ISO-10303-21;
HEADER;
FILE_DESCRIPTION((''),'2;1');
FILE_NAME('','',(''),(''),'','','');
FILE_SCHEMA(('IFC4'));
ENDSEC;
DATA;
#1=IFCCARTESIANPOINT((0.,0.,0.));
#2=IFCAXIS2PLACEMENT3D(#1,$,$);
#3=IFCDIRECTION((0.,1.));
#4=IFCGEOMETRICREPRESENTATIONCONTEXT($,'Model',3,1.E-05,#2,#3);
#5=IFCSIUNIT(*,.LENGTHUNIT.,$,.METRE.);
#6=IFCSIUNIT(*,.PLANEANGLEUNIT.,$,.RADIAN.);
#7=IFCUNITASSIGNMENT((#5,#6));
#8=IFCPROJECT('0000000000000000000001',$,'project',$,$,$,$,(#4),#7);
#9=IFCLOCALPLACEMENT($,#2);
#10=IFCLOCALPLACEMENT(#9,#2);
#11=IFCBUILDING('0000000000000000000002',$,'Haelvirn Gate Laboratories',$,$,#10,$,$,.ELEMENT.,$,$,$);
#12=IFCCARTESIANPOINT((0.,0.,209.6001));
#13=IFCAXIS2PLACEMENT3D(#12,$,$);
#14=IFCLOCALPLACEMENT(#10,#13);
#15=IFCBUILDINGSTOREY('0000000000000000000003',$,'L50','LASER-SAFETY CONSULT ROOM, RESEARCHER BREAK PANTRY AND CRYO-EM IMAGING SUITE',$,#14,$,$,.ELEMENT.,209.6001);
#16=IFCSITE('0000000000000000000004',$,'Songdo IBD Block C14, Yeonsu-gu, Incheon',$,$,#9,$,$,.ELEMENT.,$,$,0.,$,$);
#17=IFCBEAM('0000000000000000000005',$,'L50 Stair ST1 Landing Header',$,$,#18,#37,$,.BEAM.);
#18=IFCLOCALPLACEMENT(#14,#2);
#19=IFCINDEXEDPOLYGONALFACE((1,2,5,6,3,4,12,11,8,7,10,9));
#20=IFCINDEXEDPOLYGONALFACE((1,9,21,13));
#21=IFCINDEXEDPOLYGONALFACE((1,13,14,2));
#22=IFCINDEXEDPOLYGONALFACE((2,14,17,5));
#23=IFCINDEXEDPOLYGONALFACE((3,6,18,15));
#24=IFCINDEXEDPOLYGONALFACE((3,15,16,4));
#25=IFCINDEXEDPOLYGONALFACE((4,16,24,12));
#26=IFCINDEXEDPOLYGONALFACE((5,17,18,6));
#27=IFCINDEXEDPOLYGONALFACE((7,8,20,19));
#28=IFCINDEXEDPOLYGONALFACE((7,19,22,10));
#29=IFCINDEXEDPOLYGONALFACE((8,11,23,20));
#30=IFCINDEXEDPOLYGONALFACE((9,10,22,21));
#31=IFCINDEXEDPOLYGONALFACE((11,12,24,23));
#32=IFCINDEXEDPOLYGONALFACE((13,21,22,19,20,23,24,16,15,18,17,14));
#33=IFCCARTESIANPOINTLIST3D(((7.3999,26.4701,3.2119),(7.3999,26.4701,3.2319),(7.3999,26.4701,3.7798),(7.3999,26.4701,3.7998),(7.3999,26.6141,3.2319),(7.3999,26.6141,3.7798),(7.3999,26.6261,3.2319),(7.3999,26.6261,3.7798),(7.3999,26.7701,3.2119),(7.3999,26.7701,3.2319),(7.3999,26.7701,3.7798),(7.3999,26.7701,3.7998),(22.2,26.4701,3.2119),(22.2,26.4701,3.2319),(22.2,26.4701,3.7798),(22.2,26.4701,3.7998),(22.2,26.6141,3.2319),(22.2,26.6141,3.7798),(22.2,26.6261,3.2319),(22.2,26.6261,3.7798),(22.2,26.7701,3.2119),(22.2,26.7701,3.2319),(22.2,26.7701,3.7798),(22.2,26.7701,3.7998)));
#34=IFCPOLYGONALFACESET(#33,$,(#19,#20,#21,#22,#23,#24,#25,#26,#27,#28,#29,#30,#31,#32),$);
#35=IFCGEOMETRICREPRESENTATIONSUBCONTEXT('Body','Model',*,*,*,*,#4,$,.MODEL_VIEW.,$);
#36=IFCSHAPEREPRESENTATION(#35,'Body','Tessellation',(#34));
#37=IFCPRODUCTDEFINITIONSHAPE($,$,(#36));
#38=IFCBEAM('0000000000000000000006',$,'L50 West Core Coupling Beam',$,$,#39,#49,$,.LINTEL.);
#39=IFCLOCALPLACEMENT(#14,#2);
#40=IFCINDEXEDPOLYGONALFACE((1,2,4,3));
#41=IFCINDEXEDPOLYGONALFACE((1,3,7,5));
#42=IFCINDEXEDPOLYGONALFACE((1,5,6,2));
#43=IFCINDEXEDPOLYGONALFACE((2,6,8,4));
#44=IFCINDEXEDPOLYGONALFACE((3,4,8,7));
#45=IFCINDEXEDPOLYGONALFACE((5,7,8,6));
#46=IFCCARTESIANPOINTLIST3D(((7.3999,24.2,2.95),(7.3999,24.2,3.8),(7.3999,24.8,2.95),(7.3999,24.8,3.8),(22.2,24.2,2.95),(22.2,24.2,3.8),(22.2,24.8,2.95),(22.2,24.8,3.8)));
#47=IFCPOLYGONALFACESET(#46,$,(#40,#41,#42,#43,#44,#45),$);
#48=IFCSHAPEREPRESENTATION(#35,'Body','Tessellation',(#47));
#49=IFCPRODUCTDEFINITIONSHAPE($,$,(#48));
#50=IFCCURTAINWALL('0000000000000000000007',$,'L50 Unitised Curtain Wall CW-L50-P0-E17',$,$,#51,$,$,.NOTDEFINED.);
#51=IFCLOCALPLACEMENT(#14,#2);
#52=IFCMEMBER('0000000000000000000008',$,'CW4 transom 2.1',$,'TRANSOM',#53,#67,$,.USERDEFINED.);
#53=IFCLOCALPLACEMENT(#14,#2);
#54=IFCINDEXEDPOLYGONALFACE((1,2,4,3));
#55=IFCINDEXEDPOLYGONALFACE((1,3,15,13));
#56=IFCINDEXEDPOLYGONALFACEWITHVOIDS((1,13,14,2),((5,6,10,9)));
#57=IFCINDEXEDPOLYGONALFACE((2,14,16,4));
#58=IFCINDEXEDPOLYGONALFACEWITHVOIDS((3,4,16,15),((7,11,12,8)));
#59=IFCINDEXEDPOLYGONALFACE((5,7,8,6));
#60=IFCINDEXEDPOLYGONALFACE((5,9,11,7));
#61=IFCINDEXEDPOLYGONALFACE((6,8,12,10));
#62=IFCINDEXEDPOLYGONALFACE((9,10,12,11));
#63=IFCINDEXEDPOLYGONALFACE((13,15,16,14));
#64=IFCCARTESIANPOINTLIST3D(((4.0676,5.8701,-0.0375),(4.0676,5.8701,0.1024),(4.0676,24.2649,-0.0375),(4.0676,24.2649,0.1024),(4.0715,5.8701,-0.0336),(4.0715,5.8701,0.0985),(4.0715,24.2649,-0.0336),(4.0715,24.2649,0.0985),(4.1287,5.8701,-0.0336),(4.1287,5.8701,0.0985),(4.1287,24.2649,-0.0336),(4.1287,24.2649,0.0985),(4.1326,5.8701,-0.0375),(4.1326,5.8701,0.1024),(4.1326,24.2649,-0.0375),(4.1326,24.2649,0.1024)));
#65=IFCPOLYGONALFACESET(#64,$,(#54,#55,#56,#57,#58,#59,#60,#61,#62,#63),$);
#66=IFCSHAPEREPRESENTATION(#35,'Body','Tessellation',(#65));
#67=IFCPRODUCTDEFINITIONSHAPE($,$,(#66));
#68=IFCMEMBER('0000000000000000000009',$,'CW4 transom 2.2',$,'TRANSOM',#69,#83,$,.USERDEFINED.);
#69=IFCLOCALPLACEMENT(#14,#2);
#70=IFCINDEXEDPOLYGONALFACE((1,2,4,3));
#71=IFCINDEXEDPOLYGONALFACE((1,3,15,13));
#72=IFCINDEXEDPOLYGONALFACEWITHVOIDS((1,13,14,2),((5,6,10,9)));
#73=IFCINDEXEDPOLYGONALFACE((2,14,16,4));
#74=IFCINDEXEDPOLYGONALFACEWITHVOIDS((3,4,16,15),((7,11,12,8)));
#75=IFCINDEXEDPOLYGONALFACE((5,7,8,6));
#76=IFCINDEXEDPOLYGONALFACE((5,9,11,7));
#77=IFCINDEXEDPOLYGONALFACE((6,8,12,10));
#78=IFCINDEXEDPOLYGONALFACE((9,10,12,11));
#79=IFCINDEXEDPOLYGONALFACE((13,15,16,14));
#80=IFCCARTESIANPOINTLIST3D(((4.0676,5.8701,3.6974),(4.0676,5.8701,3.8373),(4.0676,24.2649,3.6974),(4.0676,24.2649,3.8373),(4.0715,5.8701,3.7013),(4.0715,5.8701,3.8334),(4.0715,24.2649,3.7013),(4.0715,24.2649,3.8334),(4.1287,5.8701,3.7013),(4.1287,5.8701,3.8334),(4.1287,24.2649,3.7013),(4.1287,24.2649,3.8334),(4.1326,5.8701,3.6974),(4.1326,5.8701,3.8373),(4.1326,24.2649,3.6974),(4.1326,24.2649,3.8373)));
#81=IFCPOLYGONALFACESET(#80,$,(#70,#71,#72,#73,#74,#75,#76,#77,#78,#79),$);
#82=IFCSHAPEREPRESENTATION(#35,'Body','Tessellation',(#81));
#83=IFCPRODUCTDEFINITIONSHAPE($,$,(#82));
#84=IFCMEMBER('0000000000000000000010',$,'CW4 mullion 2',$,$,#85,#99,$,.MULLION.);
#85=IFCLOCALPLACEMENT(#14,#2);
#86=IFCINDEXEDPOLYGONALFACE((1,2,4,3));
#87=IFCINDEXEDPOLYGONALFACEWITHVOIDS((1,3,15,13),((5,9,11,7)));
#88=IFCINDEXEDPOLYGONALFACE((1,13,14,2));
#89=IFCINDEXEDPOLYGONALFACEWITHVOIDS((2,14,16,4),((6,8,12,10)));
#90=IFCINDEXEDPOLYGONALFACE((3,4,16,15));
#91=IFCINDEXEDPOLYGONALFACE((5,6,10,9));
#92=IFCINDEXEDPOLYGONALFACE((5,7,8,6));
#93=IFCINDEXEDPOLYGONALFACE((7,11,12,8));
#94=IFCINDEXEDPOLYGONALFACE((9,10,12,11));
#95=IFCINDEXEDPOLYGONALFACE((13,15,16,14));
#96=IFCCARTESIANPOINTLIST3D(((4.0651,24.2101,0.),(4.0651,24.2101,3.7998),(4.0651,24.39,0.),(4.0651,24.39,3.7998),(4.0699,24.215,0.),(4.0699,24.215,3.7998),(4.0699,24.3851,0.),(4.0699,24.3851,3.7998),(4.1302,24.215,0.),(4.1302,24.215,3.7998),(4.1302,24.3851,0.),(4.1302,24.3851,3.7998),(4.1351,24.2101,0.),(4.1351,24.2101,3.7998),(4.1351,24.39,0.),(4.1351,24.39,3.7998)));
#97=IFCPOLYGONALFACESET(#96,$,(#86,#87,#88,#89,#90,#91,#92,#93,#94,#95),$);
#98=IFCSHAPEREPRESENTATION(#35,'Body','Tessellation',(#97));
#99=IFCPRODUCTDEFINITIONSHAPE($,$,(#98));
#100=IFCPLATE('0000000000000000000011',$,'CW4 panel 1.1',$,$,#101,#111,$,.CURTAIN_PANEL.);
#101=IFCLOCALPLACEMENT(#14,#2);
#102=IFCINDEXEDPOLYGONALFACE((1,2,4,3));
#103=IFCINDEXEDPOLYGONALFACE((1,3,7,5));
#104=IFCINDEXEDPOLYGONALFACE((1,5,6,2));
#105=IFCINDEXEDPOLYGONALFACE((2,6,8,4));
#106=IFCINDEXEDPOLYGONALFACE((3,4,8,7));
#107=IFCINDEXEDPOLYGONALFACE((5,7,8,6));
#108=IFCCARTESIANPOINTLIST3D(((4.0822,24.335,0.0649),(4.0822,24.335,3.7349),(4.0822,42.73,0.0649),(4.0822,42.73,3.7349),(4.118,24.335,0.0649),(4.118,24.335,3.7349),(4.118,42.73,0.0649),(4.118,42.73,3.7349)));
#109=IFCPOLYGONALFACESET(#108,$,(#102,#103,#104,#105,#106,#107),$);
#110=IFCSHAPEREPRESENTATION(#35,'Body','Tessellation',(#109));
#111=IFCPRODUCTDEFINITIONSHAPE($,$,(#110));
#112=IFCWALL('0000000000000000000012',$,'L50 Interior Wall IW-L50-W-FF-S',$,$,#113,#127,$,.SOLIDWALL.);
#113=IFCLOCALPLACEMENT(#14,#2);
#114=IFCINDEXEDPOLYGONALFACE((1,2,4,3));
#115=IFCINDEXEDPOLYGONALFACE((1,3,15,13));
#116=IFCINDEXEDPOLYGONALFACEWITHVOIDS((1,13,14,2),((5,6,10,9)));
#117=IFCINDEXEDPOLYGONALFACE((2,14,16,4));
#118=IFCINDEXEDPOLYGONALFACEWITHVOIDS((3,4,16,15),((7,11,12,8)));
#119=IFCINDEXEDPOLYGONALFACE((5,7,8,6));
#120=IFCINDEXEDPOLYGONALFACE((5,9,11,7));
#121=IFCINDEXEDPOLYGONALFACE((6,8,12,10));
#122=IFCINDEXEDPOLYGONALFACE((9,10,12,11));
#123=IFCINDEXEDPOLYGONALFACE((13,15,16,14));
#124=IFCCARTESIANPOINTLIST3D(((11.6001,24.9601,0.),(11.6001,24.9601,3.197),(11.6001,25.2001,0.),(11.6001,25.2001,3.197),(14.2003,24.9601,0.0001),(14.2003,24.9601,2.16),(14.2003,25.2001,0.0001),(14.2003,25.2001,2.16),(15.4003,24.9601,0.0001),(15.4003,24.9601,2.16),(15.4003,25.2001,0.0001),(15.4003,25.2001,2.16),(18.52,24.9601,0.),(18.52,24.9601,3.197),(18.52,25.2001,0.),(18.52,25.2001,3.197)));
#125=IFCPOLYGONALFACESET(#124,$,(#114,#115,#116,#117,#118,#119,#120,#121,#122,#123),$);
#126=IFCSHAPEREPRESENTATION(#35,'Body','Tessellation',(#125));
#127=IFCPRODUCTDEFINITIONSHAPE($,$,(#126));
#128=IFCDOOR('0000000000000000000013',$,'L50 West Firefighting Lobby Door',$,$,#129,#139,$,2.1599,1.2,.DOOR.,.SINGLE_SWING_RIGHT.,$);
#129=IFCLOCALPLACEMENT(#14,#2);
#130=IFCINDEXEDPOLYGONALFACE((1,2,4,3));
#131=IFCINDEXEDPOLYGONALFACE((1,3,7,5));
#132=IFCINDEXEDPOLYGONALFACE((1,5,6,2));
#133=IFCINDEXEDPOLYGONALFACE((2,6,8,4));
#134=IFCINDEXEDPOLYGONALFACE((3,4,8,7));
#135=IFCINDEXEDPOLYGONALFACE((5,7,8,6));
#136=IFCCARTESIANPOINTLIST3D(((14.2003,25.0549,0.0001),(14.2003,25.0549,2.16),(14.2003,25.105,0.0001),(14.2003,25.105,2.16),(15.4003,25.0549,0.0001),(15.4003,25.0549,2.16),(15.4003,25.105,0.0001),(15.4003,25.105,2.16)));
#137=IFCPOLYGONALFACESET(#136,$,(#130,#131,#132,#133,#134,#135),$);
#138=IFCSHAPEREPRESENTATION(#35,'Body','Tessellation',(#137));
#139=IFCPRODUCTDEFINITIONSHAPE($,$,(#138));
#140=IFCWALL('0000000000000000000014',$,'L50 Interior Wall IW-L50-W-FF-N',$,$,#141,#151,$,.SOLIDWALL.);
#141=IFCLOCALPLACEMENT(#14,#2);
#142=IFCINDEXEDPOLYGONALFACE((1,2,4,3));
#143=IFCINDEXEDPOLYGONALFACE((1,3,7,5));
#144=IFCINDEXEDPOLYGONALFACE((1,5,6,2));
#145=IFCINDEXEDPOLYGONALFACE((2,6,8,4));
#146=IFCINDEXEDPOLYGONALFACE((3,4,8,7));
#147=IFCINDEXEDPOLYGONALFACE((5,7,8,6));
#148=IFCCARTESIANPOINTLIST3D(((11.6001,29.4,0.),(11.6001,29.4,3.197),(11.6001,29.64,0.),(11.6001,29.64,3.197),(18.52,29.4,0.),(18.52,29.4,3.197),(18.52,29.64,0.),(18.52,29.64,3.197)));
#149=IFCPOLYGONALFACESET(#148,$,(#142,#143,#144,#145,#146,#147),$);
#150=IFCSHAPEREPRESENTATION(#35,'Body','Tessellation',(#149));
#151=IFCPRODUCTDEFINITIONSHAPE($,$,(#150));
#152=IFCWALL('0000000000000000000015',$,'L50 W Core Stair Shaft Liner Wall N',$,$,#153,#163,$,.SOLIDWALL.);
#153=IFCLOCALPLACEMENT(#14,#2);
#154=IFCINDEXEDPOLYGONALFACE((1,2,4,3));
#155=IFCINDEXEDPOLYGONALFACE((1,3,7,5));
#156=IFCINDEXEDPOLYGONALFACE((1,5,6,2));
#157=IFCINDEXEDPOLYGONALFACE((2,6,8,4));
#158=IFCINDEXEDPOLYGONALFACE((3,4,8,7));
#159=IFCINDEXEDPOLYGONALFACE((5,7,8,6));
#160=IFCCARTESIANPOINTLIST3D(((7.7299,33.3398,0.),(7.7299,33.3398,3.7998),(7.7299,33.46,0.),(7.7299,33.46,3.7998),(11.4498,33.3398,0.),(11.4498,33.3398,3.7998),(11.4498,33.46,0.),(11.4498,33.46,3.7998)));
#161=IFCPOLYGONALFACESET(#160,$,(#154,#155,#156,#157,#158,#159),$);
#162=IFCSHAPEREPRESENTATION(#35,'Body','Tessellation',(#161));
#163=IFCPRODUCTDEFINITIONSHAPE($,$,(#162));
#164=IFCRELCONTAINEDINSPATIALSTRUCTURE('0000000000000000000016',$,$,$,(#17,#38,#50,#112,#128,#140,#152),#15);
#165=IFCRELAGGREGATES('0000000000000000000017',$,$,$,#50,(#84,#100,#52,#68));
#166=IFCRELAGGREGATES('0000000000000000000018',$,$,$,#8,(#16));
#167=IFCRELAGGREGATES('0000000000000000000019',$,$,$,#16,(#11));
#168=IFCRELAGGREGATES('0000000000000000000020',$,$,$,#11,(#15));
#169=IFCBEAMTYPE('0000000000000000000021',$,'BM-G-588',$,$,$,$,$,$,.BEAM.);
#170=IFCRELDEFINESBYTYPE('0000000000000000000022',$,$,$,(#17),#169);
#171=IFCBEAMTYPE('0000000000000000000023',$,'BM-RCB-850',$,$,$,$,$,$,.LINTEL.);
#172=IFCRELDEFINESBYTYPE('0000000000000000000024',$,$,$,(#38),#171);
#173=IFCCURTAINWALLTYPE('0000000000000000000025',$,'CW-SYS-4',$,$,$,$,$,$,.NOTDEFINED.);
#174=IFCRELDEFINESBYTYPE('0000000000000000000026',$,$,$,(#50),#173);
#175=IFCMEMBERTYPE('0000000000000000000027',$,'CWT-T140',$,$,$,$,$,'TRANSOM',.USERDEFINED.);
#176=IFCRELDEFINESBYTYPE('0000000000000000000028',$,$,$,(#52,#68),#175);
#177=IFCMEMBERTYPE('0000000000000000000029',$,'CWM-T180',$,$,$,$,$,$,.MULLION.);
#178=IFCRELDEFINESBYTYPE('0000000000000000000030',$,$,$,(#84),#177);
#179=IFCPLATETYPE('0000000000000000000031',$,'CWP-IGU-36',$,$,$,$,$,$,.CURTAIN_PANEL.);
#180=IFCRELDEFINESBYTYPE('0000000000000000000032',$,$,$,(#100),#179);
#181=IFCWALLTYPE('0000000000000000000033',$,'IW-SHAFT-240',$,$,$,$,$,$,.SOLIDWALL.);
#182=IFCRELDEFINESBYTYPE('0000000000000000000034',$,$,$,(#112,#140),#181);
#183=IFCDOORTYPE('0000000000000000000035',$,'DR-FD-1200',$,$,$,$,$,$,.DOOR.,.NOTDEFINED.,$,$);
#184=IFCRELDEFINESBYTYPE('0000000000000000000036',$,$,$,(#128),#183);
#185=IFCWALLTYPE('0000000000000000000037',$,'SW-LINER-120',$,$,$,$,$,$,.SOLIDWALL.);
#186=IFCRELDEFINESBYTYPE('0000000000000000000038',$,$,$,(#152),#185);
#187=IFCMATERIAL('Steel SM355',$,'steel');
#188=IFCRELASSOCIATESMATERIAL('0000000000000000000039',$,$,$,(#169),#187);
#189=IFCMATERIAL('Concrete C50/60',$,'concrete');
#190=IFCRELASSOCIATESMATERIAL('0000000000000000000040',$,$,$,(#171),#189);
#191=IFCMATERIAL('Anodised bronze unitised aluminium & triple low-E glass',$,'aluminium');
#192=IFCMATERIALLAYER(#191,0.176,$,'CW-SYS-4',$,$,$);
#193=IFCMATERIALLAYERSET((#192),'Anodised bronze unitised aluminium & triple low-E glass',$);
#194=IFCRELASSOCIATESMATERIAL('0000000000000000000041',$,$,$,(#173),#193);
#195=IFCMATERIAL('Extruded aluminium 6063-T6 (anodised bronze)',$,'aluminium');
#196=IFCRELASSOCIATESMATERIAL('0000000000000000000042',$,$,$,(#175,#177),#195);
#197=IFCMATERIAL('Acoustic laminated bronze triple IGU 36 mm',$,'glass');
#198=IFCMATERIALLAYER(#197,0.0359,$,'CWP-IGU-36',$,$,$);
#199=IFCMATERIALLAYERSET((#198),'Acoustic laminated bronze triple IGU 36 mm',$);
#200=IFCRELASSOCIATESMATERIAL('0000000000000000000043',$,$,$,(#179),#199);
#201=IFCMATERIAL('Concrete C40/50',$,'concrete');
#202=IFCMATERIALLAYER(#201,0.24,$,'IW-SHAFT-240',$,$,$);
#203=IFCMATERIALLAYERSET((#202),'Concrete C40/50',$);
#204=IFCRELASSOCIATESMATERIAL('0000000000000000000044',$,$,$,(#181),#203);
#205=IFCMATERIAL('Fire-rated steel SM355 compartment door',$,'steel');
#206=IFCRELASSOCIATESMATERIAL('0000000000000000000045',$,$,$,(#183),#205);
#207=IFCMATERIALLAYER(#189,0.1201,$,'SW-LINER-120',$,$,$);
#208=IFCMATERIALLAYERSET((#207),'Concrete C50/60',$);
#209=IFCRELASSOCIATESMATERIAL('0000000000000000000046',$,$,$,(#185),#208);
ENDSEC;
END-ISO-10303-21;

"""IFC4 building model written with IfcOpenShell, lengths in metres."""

from ifc_helpers import new_model, si_unit, direction, frame, frame_2d, origin, origin_2d, place, context, subcontext, project, spatial, rectangle, hollow_rectangle, i_section, extrude, source, transform, mapped, material, layer, layer_set, material_profile, profile_set, type_object, type_shapes, element, fill, aggregate, save


model = new_model("IFC4")

# Units and contexts
model_context = context("Model", 3, precision=1e-05, world=origin(), true_north=direction((0.0, 1.0)))
body_context = subcontext(model_context, "Body", "Model", "MODEL_VIEW")
ifc_project = project(units=[si_unit("LENGTHUNIT", "METRE"), si_unit("PLANEANGLEUNIT", "RADIAN")], contexts=[model_context])

# Site, building, storey
site_placement = place(None, origin())
site = spatial("IfcSite", under=ifc_project, at=site_placement, Name="Songdo IBD Block C14, Yeonsu-gu, Incheon", CompositionType="ELEMENT", RefElevation=0.0)
building_placement = place(site_placement, origin())
building = spatial("IfcBuilding", under=site, at=building_placement, Name="Haelvirn Gate Laboratories", CompositionType="ELEMENT")
storey_placement = place(building_placement, frame((0.0, 0.0, 209.6001)))
storey = spatial("IfcBuildingStorey", under=building, at=storey_placement, Name="L50", Description="LASER-SAFETY CONSULT ROOM, RESEARCHER BREAK PANTRY AND CRYO-EM IMAGING SUITE", CompositionType="ELEMENT", Elevation=209.6001)

# Beams
ifc_material_1 = material(Name="Steel SM355", Category="steel")
ifc_material_profile_1 = material_profile(ifc_material_1, i_section(OverallWidth=0.3, OverallDepth=0.5879, WebThickness=0.012, FlangeThickness=0.02, at=origin_2d()), Name="H-588x300x12x20")
ifc_profile_set_1 = profile_set([ifc_material_profile_1], Name="Steel SM355")
beam_type_1 = type_object("IfcBeamType", Name="BM-G-588", PredefinedType="BEAM", material=ifc_profile_set_1)
shared_shape_1 = source(origin(), body_context, "Body", "SweptSolid", [
    extrude(i_section(OverallWidth=0.3, OverallDepth=0.5879, WebThickness=0.012, FlangeThickness=0.02, at=origin_2d()), origin(), (0.0, 0.0, 1.0), 14.8),
])
type_shapes(beam_type_1, [shared_shape_1])
beam_1_placement = place(storey_placement, frame((7.3999, 26.6201, 3.5059), z_axis=(1.0, 0.0, 0.0), x_axis=(0.0, 1.0, 0.0)))
element("IfcBeam", 1, at=beam_1_placement, inside=storey, type_object=beam_type_1, Name="L50 Stair ST1 Landing Header", PredefinedType="BEAM", context=body_context, shape_type="MappedRepresentation", body=[
    mapped(shared_shape_1, transform((0.0, 0.0, 0.0), scale=1.0)),
])
ifc_material_2 = material(Name="Concrete C50/60", Category="concrete")
ifc_material_profile_2 = material_profile(ifc_material_2, rectangle(XDim=0.6001, YDim=0.8501, at=origin_2d()), Name="RCB-600x850")
ifc_profile_set_2 = profile_set([ifc_material_profile_2], Name="Concrete C50/60")
beam_type_2 = type_object("IfcBeamType", Name="BM-RCB-850", PredefinedType="LINTEL", material=ifc_profile_set_2)
shared_shape_2 = source(origin(), body_context, "Body", "SweptSolid", [
    extrude(rectangle(XDim=0.6001, YDim=0.8501, at=origin_2d()), origin(), (0.0, 0.0, 1.0), 14.8),
])
type_shapes(beam_type_2, [shared_shape_2])
beam_2_placement = place(storey_placement, frame((7.3999, 24.5, 3.375), z_axis=(1.0, 0.0, 0.0), x_axis=(0.0, 1.0, 0.0)))
element("IfcBeam", 2, at=beam_2_placement, inside=storey, type_object=beam_type_2, Name="L50 West Core Coupling Beam", PredefinedType="LINTEL", context=body_context, shape_type="MappedRepresentation", body=[
    mapped(shared_shape_2, transform((0.0, 0.0, 0.0), scale=1.0)),
])

# Curtain wall, members, plate
ifc_material_3 = material(Name="Anodised bronze unitised aluminium & triple low-E glass", Category="aluminium")
ifc_layer_1 = layer(ifc_material_3, 0.176, Name="CW-SYS-4")
ifc_layer_set_1 = layer_set([ifc_layer_1], Name="Anodised bronze unitised aluminium & triple low-E glass")
curtain_wall_type = type_object("IfcCurtainWallType", Name="CW-SYS-4", PredefinedType="NOTDEFINED", material=ifc_layer_set_1)
curtain_wall_placement = place(storey_placement, origin())
curtain_wall = element("IfcCurtainWall", 3, at=curtain_wall_placement, inside=storey, type_object=curtain_wall_type, Name="L50 Unitised Curtain Wall CW-L50-P0-E17", PredefinedType="NOTDEFINED")
ifc_material_4 = material(Name="Extruded aluminium 6063-T6 (anodised bronze)", Category="aluminium")
ifc_material_profile_3 = material_profile(ifc_material_4, hollow_rectangle(XDim=0.0649, YDim=0.1399, WallThickness=0.0039, at=origin_2d()), Name="CWT-140x65x4")
ifc_profile_set_3 = profile_set([ifc_material_profile_3], Name="Extruded aluminium 6063-T6 (anodised bronze)")
member_type_1 = type_object("IfcMemberType", Name="CWT-T140", ElementType="TRANSOM", PredefinedType="USERDEFINED", material=ifc_profile_set_3)
shared_shape_3 = source(origin(), body_context, "Body", "SweptSolid", [
    extrude(hollow_rectangle(XDim=0.0649, YDim=0.1399, WallThickness=0.0039, at=origin_2d()), origin(), (0.0, 0.0, 1.0), 18.3948),
])
type_shapes(member_type_1, [shared_shape_3])
member_1_placement = place(storey_placement, frame((4.1001, 24.2649, 0.0325), z_axis=(0.0, -1.0, 0.0), x_axis=(1.0, 0.0, 0.0)))
member_1 = element("IfcMember", 4, at=member_1_placement, type_object=member_type_1, Name="CW4 transom 2.1", ObjectType="TRANSOM", PredefinedType="USERDEFINED", context=body_context, shape_type="MappedRepresentation", body=[
    mapped(shared_shape_3, transform((0.0, 0.0, 0.0), scale=1.0)),
])
member_2_placement = place(storey_placement, frame((4.1001, 24.2649, 3.7673), z_axis=(0.0, -1.0, 0.0), x_axis=(1.0, 0.0, 0.0)))
member_2 = element("IfcMember", 5, at=member_2_placement, type_object=member_type_1, Name="CW4 transom 2.2", ObjectType="TRANSOM", PredefinedType="USERDEFINED", context=body_context, shape_type="MappedRepresentation", body=[
    mapped(shared_shape_3, transform((0.0, 0.0, 0.0), scale=1.0)),
])
ifc_material_profile_4 = material_profile(ifc_material_4, hollow_rectangle(XDim=0.0701, YDim=0.1799, WallThickness=0.0049, at=origin_2d()), Name="CWM-180x70x5")
ifc_profile_set_4 = profile_set([ifc_material_profile_4], Name="Extruded aluminium 6063-T6 (anodised bronze)")
member_type_2 = type_object("IfcMemberType", Name="CWM-T180", PredefinedType="MULLION", material=ifc_profile_set_4)
shared_shape_4 = source(origin(), body_context, "Body", "SweptSolid", [
    extrude(hollow_rectangle(XDim=0.0701, YDim=0.1799, WallThickness=0.0049, at=origin_2d()), origin(), (0.0, 0.0, 1.0), 3.7998),
])
type_shapes(member_type_2, [shared_shape_4])
member_3_placement = place(storey_placement, frame((4.1001, 24.3, 0.0), z_axis=(0.0, 0.0, 1.0), x_axis=(1.0, 0.0, 0.0)))
member_3 = element("IfcMember", 6, at=member_3_placement, type_object=member_type_2, Name="CW4 mullion 2", PredefinedType="MULLION", context=body_context, shape_type="MappedRepresentation", body=[
    mapped(shared_shape_4, transform((0.0, 0.0, 0.0), scale=1.0)),
])
ifc_material_5 = material(Name="Acoustic laminated bronze triple IGU 36 mm", Category="glass")
ifc_layer_2 = layer(ifc_material_5, 0.0359, Name="CWP-IGU-36")
ifc_layer_set_2 = layer_set([ifc_layer_2], Name="Acoustic laminated bronze triple IGU 36 mm")
plate_type = type_object("IfcPlateType", Name="CWP-IGU-36", PredefinedType="CURTAIN_PANEL", material=ifc_layer_set_2)
shared_shape_5 = source(origin(), body_context, "Body", "SweptSolid", [
    extrude(rectangle(XDim=18.395, YDim=0.0359, at=origin_2d()), origin(), (0.0, 0.0, 1.0), 3.6699),
])
type_shapes(plate_type, [shared_shape_5])
plate_placement = place(storey_placement, frame((4.1001, 33.5325, 0.0649), z_axis=(0.0, 0.0, 1.0), x_axis=(0.0, -1.0, 0.0)))
plate = element("IfcPlate", 7, at=plate_placement, type_object=plate_type, Name="CW4 panel 1.1", PredefinedType="CURTAIN_PANEL", context=body_context, shape_type="MappedRepresentation", body=[
    mapped(shared_shape_5, transform((0.0, 0.0, 0.0), scale=1.0)),
])
aggregate(curtain_wall, [member_3, plate, member_1, member_2])

# Wall, opening, door
ifc_material_6 = material(Name="Concrete C40/50", Category="concrete")
ifc_layer_3 = layer(ifc_material_6, 0.24, Name="IW-SHAFT-240")
ifc_layer_set_3 = layer_set([ifc_layer_3], Name="Concrete C40/50")
wall_type_1 = type_object("IfcWallType", Name="IW-SHAFT-240", PredefinedType="SOLIDWALL", material=ifc_layer_set_3)
wall_1_placement = place(storey_placement, frame((11.6001, 25.0801, 0.0), z_axis=(0.0, 0.0, 1.0), x_axis=(1.0, 0.0, 0.0)))
wall_1 = element("IfcWall", 8, at=wall_1_placement, inside=storey, type_object=wall_type_1, Name="L50 Interior Wall IW-L50-W-FF-S", PredefinedType="SOLIDWALL", context=body_context, shape_type="SweptSolid", body=[
    extrude(rectangle(XDim=6.9199, YDim=0.24, at=frame_2d((3.46, 0.0))), origin(), (0.0, 0.0, 1.0), 3.197),
])
opening_1_placement = place(wall_1_placement, frame((2.6001, 0.0, 0.0)))
opening_1 = element("IfcOpeningElement", 9, at=opening_1_placement, cuts=wall_1, PredefinedType="OPENING", context=body_context, shape_type="SweptSolid", body=[
    extrude(rectangle(XDim=1.2, YDim=2.1599, at=frame_2d((0.6001, 1.0801))), frame((0.0, 0.1299, 0.0), z_axis=(0.0, -1.0, 0.0), x_axis=(1.0, 0.0, 0.0)), (0.0, 0.0, 1.0), 0.26),
])
ifc_material_7 = material(Name="Fire-rated steel SM355 compartment door", Category="steel")
door_type_1 = type_object("IfcDoorType", Name="DR-FD-1200", OperationType="NOTDEFINED", PredefinedType="DOOR", material=ifc_material_7)
shared_shape_6 = source(origin(), body_context, "Body", "SweptSolid", [
    extrude(rectangle(XDim=1.2, YDim=2.1599, at=frame_2d((0.6001, 1.0801))), frame((0.0, 0.0249, 0.0), z_axis=(0.0, -1.0, 0.0), x_axis=(1.0, 0.0, 0.0)), (0.0, 0.0, 1.0), 0.05),
])
type_shapes(door_type_1, [shared_shape_6])
door_1_placement = place(opening_1_placement, origin())
door_1 = element("IfcDoor", 10, at=door_1_placement, inside=storey, type_object=door_type_1, Name="L50 West Firefighting Lobby Door", OperationType="SINGLE_SWING_RIGHT", OverallHeight=2.1599, OverallWidth=1.2, PredefinedType="DOOR", context=body_context, shape_type="MappedRepresentation", body=[
    mapped(shared_shape_6, transform((0.0, 0.0, 0.0), scale=1.0)),
])
fill(opening_1, door_1)

# Walls
wall_2_placement = place(storey_placement, frame((11.6001, 29.52, 0.0), z_axis=(0.0, 0.0, 1.0), x_axis=(1.0, 0.0, 0.0)))
element("IfcWall", 11, at=wall_2_placement, inside=storey, type_object=wall_type_1, Name="L50 Interior Wall IW-L50-W-FF-N", PredefinedType="SOLIDWALL", context=body_context, shape_type="SweptSolid", body=[
    extrude(rectangle(XDim=6.9199, YDim=0.24, at=frame_2d((3.46, 0.0))), origin(), (0.0, 0.0, 1.0), 3.197),
])
ifc_layer_4 = layer(ifc_material_2, 0.1201, Name="SW-LINER-120")
ifc_layer_set_4 = layer_set([ifc_layer_4], Name="Concrete C50/60")
wall_type_2 = type_object("IfcWallType", Name="SW-LINER-120", PredefinedType="SOLIDWALL", material=ifc_layer_set_4)
wall_3_placement = place(storey_placement, frame((7.73, 33.3999, 0.0), z_axis=(0.0, 0.0, 1.0), x_axis=(1.0, 0.0, 0.0)))
element("IfcWall", 12, at=wall_3_placement, inside=storey, type_object=wall_type_2, Name="L50 W Core Stair Shaft Liner Wall N", PredefinedType="SOLIDWALL", context=body_context, shape_type="SweptSolid", body=[
    extrude(rectangle(XDim=3.72, YDim=0.1201, at=frame_2d((1.8599, 0.0))), origin(), (0.0, 0.0, 1.0), 3.7998),
])

save(model, "model.ifc")
